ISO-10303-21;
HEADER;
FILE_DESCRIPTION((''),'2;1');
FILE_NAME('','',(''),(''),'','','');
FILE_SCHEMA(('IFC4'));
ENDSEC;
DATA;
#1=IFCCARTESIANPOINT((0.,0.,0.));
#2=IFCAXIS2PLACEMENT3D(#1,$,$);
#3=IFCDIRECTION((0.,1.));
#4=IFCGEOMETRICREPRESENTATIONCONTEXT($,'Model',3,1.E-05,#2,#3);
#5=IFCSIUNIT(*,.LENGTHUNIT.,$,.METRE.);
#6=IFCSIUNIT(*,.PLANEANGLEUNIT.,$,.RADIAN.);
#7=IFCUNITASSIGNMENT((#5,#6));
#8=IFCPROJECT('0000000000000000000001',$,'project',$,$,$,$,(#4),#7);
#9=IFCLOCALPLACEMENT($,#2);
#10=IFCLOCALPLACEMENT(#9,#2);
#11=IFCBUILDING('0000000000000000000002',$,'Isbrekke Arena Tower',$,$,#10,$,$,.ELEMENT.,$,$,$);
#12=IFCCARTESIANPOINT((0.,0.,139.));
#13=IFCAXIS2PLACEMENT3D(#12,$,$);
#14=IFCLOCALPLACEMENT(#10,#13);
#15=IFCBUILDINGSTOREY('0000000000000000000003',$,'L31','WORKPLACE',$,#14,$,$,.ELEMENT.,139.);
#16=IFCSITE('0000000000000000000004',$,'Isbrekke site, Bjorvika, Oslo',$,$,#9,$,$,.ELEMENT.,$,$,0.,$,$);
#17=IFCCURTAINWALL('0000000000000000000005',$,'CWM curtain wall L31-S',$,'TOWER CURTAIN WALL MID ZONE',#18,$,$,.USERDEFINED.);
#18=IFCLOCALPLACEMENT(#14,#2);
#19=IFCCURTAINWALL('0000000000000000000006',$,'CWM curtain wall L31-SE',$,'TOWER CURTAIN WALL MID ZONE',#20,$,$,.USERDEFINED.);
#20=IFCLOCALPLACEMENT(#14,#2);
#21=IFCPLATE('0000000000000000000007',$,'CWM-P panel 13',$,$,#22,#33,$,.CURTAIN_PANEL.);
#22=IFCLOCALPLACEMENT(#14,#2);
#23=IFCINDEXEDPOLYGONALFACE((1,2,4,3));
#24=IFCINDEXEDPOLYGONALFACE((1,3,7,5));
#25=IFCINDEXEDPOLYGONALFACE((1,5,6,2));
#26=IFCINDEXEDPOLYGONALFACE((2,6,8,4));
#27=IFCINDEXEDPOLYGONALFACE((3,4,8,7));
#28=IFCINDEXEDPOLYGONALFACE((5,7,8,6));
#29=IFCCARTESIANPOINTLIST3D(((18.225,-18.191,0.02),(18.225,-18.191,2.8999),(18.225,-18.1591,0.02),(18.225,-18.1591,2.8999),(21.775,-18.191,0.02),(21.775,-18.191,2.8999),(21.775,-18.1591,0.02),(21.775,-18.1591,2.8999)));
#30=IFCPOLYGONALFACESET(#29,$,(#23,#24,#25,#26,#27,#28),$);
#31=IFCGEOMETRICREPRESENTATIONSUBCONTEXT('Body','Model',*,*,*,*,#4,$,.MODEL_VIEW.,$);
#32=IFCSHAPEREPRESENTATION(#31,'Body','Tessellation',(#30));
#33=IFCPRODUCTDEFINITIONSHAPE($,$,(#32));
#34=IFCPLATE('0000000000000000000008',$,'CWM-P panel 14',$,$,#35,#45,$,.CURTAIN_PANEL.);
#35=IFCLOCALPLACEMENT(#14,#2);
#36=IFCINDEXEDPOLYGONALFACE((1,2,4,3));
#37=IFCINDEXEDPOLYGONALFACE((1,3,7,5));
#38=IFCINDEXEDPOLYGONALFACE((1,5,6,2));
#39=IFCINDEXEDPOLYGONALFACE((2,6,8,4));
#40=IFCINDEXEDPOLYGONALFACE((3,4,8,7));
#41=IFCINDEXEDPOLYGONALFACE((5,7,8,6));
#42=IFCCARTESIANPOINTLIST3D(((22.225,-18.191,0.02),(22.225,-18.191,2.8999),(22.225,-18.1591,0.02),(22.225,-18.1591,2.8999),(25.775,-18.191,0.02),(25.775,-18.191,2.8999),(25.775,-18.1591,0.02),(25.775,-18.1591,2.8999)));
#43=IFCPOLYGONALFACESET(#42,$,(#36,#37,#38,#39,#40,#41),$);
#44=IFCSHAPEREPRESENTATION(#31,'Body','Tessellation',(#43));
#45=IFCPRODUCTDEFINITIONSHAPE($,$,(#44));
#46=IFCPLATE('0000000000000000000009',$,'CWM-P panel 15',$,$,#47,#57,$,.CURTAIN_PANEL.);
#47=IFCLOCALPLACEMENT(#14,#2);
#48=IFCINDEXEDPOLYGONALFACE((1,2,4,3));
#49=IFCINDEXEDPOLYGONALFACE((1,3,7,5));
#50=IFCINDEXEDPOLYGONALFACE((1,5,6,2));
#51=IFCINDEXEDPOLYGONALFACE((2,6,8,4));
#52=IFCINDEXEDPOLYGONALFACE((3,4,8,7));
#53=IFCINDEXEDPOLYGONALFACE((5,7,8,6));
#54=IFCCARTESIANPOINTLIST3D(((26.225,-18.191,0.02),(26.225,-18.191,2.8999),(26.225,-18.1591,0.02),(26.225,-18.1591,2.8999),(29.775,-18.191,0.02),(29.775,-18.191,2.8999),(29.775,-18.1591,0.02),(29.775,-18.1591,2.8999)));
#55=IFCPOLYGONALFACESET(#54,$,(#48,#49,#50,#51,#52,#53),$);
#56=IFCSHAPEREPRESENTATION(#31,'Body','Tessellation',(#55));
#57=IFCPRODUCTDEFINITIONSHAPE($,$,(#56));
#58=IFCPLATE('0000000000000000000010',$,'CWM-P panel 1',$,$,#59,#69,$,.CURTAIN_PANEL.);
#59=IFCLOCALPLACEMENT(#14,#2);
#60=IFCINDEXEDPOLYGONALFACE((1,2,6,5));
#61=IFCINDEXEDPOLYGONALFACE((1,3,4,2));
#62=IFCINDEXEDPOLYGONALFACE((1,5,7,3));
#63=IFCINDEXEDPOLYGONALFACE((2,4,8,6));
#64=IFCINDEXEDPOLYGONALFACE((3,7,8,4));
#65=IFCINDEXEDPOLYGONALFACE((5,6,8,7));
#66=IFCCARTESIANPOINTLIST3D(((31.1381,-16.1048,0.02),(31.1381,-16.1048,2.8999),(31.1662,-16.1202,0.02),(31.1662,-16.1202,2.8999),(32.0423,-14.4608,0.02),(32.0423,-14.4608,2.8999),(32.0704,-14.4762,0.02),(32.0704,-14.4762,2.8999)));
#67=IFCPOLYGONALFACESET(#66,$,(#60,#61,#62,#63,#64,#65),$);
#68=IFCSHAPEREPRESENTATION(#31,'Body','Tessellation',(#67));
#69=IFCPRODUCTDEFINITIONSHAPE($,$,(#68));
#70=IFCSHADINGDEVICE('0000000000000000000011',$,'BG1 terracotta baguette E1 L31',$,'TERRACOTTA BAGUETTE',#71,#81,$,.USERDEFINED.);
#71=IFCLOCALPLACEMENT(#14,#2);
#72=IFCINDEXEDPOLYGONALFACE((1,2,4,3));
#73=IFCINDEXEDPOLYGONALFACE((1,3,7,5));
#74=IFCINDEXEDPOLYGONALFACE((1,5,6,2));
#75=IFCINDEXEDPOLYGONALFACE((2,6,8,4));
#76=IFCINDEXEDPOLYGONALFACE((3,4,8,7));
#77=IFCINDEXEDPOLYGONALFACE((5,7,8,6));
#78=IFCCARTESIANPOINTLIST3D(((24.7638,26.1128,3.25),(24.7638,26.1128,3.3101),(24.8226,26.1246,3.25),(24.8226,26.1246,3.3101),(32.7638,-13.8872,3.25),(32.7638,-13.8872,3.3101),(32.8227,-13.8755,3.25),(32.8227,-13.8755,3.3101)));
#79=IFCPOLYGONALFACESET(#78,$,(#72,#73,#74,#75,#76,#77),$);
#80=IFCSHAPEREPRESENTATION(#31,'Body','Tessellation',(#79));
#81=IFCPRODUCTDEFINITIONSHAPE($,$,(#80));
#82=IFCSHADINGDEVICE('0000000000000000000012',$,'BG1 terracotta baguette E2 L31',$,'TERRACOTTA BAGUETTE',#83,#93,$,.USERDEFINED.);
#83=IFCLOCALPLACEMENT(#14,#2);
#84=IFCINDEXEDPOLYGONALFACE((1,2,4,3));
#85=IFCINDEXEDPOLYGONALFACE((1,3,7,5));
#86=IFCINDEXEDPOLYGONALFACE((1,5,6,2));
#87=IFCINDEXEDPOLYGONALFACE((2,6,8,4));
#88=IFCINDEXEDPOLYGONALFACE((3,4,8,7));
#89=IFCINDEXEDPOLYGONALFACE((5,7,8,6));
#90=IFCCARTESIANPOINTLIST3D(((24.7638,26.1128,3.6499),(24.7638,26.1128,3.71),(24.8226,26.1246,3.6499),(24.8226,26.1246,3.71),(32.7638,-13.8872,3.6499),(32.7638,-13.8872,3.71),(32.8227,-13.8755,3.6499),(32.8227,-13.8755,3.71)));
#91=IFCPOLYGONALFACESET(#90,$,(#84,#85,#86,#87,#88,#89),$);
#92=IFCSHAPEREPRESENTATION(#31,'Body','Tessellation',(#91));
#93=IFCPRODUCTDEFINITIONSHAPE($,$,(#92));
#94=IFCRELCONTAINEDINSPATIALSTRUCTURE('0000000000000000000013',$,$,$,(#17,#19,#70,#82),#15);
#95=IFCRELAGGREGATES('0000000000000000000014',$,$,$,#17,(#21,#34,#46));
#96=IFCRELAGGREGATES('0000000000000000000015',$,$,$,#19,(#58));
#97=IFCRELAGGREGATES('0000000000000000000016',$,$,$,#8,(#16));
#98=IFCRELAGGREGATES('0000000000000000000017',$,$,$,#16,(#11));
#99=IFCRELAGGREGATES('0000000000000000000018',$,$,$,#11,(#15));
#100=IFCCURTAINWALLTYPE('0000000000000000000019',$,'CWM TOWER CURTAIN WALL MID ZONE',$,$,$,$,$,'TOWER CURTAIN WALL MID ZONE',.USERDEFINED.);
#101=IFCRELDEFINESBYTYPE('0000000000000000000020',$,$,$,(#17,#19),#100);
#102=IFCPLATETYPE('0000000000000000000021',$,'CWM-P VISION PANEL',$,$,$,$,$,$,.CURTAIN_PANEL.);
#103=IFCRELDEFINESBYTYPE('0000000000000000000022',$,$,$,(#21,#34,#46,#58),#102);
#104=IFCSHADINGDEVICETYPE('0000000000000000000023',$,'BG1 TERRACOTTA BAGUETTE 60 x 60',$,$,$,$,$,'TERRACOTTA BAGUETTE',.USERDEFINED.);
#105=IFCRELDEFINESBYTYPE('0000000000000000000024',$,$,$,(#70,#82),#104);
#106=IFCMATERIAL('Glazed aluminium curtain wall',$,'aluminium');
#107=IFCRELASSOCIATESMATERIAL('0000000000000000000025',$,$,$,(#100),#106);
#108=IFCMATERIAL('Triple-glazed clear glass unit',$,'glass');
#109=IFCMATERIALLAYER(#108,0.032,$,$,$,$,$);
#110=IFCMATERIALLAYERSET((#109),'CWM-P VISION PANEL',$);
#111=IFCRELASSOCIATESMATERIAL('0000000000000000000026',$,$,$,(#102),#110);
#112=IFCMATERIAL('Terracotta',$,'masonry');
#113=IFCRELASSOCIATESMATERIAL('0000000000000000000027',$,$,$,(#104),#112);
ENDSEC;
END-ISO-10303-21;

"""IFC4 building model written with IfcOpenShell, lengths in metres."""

from ifc_helpers import new_model, si_unit, direction, frame, origin, origin_2d, place, context, subcontext, project, spatial, rectangle, extrude, material, layer, layer_set, material_profile, profile_set, type_object, element, aggregate, save


model = new_model("IFC4")

# Units and contexts
model_context = context("Model", 3, precision=1e-05, world=origin(), true_north=direction((0.0, 1.0)))
body_context = subcontext(model_context, "Body", "Model", "MODEL_VIEW")
ifc_project = project(units=[si_unit("LENGTHUNIT", "METRE"), si_unit("PLANEANGLEUNIT", "RADIAN")], contexts=[model_context])

# Site, building, storey
site_placement = place(None, origin())
site = spatial("IfcSite", under=ifc_project, at=site_placement, Name="Isbrekke site, Bjorvika, Oslo", CompositionType="ELEMENT", RefElevation=0.0)
building_placement = place(site_placement, origin())
building = spatial("IfcBuilding", under=site, at=building_placement, Name="Isbrekke Arena Tower", CompositionType="ELEMENT")
storey_placement = place(building_placement, frame((0.0, 0.0, 139.0)))
storey = spatial("IfcBuildingStorey", under=building, at=storey_placement, Name="L31", Description="WORKPLACE", CompositionType="ELEMENT", Elevation=139.0)

# Curtain walls
ifc_material_1 = material(Name="Glazed aluminium curtain wall", Category="aluminium")
curtain_wall_type = type_object("IfcCurtainWallType", Name="CWM TOWER CURTAIN WALL MID ZONE", ElementType="TOWER CURTAIN WALL MID ZONE", PredefinedType="USERDEFINED", material=ifc_material_1)
curtain_wall_1_placement = place(storey_placement, origin())
curtain_wall_1 = element("IfcCurtainWall", 1, at=curtain_wall_1_placement, inside=storey, type_object=curtain_wall_type, Name="CWM curtain wall L31-S", ObjectType="TOWER CURTAIN WALL MID ZONE", PredefinedType="USERDEFINED")
curtain_wall_2_placement = place(storey_placement, origin())
curtain_wall_2 = element("IfcCurtainWall", 2, at=curtain_wall_2_placement, inside=storey, type_object=curtain_wall_type, Name="CWM curtain wall L31-SE", ObjectType="TOWER CURTAIN WALL MID ZONE", PredefinedType="USERDEFINED")

# Plates
ifc_material_2 = material(Name="Triple-glazed clear glass unit", Category="glass")
ifc_layer = layer(ifc_material_2, 0.032)
ifc_layer_set = layer_set([ifc_layer], Name="CWM-P VISION PANEL")
plate_type = type_object("IfcPlateType", Name="CWM-P VISION PANEL", PredefinedType="CURTAIN_PANEL", material=ifc_layer_set)
plate_1_placement = place(storey_placement, frame((20.0, -18.175, 0.02), z_axis=(0.0, 0.0, 1.0), x_axis=(1.0, 0.0, 0.0)))
plate_1 = element("IfcPlate", 3, at=plate_1_placement, type_object=plate_type, Name="CWM-P panel 13", PredefinedType="CURTAIN_PANEL", context=body_context, shape_type="SweptSolid", body=[
    extrude(rectangle(XDim=3.55, YDim=0.032, at=origin_2d()), origin(), (0.0, 0.0, 1.0), 2.8799),
])
plate_2_placement = place(storey_placement, frame((24.0, -18.175, 0.02), z_axis=(0.0, 0.0, 1.0), x_axis=(1.0, 0.0, 0.0)))
plate_2 = element("IfcPlate", 4, at=plate_2_placement, type_object=plate_type, Name="CWM-P panel 14", PredefinedType="CURTAIN_PANEL", context=body_context, shape_type="SweptSolid", body=[
    extrude(rectangle(XDim=3.55, YDim=0.032, at=origin_2d()), origin(), (0.0, 0.0, 1.0), 2.8799),
])
plate_3_placement = place(storey_placement, frame((28.0, -18.175, 0.02), z_axis=(0.0, 0.0, 1.0), x_axis=(1.0, 0.0, 0.0)))
plate_3 = element("IfcPlate", 5, at=plate_3_placement, type_object=plate_type, Name="CWM-P panel 15", PredefinedType="CURTAIN_PANEL", context=body_context, shape_type="SweptSolid", body=[
    extrude(rectangle(XDim=3.55, YDim=0.032, at=origin_2d()), origin(), (0.0, 0.0, 1.0), 2.8799),
])
aggregate(curtain_wall_1, [plate_1, plate_2, plate_3])
plate_4_placement = place(storey_placement, frame((31.6042, -15.2905, 0.02), z_axis=(0.0, 0.0, 1.0), x_axis=(0.481919, 0.876216, 0.0)))
plate_4 = element("IfcPlate", 6, at=plate_4_placement, type_object=plate_type, Name="CWM-P panel 1", PredefinedType="CURTAIN_PANEL", context=body_context, shape_type="SweptSolid", body=[
    extrude(rectangle(XDim=1.8762, YDim=0.032, at=origin_2d()), origin(), (0.0, 0.0, 1.0), 2.8799),
])
aggregate(curtain_wall_2, [plate_4])

# Shading devices
ifc_material_3 = material(Name="Terracotta", Category="masonry")
ifc_material_profile_1 = material_profile(ifc_material_3, rectangle(XDim=0.0601, YDim=0.0601, at=origin_2d()), Name="BAGUETTE 60X60")
ifc_profile_set_1 = profile_set([ifc_material_profile_1], Name="Terracotta")
shading_device_type = type_object("IfcShadingDeviceType", Name="BG1 TERRACOTTA BAGUETTE 60 x 60", ElementType="TERRACOTTA BAGUETTE", PredefinedType="USERDEFINED", material=ifc_profile_set_1)
for number, where, z_axis, x_axis, name in (
    (7, (32.7932, -13.8813, 3.28), (-0.196116, 0.980581, 0.0), (-0.980581, -0.196116, 0.0), "BG1 terracotta baguette E1 L31"),
    (8, (32.7932, -13.8813, 3.6799), (-0.196116, 0.980581, 0.0), (-0.980581, -0.196116, 0.0), "BG1 terracotta baguette E2 L31"),
):
    element("IfcShadingDevice", number, at=place(storey_placement, frame(where, z_axis=z_axis, x_axis=x_axis)), inside=storey, type_object=shading_device_type, Name=name, ObjectType="TERRACOTTA BAGUETTE", PredefinedType="USERDEFINED", context=body_context, shape_type="SweptSolid", body=[
        extrude(rectangle(XDim=0.0601, YDim=0.0601, at=origin_2d()), origin(), (0.0, 0.0, 1.0), 40.7922),
    ])

save(model, "model.ifc")
